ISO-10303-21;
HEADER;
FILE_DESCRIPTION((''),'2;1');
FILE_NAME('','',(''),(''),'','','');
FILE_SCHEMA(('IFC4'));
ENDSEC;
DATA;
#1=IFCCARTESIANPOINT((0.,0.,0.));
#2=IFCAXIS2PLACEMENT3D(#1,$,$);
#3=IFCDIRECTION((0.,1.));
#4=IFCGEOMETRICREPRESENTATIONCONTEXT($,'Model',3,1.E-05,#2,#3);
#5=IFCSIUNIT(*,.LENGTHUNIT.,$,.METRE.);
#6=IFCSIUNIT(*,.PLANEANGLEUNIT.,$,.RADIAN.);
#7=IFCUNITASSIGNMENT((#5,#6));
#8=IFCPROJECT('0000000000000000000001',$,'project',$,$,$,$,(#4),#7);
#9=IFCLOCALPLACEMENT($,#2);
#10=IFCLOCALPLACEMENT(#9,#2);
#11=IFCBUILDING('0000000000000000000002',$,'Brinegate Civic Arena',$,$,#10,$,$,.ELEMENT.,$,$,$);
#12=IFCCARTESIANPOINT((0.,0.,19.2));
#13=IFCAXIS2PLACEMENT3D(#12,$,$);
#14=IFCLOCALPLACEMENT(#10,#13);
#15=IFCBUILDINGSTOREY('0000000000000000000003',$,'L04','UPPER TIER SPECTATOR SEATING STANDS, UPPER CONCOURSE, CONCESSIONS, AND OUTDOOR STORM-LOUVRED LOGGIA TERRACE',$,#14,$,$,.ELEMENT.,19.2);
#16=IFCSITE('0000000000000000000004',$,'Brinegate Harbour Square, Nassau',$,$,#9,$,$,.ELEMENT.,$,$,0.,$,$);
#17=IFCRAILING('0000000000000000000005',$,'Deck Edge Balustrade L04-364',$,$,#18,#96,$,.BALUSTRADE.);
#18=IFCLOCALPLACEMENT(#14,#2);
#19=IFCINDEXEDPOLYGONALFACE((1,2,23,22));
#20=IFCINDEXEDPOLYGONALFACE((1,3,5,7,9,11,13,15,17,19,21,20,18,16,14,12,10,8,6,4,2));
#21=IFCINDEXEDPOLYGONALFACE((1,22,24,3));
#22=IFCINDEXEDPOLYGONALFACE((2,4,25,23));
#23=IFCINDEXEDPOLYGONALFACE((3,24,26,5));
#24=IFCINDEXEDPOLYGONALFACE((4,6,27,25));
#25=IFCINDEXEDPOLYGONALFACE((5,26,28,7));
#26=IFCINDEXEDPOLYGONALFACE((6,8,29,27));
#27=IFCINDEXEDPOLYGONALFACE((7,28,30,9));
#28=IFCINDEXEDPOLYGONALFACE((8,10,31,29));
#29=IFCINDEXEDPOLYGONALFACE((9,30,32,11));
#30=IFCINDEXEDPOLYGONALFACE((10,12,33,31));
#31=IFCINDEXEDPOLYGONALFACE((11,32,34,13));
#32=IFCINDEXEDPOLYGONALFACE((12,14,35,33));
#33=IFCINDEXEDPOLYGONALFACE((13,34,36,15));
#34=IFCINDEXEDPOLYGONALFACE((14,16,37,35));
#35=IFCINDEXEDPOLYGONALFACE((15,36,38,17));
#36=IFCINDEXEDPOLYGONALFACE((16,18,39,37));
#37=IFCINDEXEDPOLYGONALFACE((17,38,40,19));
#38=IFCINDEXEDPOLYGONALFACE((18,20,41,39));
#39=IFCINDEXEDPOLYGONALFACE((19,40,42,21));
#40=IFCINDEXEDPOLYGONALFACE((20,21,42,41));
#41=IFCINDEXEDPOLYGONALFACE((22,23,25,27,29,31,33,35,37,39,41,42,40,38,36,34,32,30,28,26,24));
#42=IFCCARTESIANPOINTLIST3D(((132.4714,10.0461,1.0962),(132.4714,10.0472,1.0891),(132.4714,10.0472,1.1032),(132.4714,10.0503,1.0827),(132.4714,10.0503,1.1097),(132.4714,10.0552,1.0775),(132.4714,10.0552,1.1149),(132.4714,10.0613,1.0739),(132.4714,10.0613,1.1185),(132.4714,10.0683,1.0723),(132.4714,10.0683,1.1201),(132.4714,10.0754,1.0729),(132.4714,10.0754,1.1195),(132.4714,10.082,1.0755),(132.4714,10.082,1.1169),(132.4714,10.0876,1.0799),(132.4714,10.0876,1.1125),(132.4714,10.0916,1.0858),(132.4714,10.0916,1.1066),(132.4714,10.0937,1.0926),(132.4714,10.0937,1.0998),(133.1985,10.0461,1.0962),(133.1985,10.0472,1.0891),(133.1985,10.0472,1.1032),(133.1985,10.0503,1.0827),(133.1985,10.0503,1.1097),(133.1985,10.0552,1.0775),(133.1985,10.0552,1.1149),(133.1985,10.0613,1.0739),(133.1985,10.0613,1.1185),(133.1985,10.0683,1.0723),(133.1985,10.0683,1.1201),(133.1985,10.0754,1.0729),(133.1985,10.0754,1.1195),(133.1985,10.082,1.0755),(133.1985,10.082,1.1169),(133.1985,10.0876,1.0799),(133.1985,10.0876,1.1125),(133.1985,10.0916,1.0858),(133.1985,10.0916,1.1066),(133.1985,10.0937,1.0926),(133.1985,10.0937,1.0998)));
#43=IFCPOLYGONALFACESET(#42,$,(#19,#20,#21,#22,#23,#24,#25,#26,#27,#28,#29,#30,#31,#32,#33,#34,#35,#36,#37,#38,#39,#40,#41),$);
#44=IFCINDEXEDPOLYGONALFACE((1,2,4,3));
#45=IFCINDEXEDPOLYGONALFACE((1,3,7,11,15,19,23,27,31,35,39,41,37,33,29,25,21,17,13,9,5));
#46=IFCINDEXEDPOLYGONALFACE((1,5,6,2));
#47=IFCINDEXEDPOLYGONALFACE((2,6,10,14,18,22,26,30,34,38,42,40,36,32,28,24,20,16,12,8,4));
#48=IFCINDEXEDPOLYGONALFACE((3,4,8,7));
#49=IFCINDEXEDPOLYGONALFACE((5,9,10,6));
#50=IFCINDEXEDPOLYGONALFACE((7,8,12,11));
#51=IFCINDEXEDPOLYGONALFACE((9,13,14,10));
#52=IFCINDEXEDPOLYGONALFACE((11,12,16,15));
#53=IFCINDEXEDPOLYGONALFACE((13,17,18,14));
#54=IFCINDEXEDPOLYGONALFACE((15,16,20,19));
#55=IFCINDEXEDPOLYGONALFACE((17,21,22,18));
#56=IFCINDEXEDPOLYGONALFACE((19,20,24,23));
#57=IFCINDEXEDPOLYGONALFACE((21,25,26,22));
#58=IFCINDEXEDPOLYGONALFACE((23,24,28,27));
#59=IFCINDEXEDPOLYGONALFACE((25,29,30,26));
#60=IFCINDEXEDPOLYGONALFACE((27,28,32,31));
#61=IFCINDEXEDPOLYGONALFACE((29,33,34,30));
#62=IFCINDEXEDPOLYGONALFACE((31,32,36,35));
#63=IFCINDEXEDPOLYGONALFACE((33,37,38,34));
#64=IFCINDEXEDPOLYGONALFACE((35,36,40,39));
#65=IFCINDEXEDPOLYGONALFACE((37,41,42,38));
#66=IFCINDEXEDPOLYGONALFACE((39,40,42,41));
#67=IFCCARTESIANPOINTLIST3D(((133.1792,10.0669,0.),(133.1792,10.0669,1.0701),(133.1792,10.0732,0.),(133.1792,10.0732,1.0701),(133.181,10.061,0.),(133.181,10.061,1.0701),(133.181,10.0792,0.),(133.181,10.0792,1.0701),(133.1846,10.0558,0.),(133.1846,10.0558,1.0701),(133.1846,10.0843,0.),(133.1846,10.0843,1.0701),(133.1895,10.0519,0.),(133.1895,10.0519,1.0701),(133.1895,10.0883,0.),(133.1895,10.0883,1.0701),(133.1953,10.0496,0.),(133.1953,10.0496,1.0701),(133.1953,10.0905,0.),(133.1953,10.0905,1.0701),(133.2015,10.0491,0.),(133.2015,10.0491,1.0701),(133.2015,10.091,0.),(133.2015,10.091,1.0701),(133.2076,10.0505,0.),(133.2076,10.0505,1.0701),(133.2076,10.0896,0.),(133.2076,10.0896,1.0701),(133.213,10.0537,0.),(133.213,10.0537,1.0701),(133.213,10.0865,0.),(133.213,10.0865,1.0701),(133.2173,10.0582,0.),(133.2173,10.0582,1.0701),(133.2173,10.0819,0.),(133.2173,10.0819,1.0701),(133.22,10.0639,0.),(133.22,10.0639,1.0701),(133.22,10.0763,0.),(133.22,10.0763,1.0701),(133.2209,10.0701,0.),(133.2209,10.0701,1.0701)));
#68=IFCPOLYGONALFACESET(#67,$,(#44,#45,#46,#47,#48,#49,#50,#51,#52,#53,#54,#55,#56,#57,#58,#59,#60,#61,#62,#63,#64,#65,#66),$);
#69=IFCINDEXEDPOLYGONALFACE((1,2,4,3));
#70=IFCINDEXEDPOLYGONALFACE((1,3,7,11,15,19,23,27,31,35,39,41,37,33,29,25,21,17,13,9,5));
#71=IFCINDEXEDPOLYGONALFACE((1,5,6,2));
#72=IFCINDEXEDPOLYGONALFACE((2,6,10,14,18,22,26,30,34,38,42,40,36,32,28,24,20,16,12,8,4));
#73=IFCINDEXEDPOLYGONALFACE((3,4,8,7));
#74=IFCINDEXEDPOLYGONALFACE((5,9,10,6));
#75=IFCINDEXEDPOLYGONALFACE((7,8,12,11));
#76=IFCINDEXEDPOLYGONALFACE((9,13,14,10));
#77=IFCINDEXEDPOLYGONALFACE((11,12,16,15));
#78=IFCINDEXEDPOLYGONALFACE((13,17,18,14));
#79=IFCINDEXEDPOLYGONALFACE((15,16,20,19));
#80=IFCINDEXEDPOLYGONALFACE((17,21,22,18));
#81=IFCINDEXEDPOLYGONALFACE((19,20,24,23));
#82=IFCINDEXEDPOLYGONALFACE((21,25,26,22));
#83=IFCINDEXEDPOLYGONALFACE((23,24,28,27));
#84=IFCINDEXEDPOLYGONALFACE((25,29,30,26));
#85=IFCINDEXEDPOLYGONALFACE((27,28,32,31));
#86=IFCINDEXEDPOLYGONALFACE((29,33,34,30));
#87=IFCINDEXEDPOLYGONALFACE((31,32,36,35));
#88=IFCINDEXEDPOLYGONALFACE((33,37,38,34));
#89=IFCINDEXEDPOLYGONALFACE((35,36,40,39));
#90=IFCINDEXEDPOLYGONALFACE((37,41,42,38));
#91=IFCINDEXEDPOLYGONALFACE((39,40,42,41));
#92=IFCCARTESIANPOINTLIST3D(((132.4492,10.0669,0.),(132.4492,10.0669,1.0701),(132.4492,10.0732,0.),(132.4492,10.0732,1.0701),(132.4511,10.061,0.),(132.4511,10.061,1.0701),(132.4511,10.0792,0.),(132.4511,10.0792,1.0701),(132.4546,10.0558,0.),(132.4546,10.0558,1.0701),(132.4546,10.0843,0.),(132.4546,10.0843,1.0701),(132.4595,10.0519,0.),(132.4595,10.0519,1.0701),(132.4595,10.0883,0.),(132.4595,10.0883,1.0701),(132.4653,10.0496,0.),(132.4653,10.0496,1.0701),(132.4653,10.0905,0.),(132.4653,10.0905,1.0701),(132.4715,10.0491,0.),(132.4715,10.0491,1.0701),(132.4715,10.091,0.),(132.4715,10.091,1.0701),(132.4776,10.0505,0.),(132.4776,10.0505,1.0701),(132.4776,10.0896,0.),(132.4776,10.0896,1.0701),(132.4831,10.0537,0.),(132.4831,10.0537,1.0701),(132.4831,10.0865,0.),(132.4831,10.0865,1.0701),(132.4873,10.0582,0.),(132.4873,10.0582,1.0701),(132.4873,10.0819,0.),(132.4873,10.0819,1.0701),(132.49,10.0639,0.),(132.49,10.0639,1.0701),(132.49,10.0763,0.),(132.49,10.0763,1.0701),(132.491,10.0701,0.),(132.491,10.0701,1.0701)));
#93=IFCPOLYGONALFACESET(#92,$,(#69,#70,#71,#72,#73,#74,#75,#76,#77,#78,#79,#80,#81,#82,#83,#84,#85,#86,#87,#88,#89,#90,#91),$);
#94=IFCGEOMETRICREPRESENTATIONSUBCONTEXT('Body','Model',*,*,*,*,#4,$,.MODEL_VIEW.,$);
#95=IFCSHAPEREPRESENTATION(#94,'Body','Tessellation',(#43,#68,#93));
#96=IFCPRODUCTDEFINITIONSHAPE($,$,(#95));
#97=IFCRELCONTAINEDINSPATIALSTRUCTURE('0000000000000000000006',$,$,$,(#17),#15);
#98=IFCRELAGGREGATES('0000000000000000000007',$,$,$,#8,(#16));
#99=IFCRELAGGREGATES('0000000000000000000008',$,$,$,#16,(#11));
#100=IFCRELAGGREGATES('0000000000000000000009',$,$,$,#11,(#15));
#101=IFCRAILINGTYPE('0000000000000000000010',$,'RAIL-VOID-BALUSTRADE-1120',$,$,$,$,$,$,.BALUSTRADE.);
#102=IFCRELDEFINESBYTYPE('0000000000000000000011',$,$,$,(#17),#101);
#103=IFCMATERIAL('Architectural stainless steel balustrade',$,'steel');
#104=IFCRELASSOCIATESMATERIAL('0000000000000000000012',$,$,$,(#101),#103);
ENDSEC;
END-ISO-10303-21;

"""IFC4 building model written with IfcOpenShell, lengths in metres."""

from ifc_helpers import new_model, si_unit, direction, frame, origin, origin_2d, place, context, subcontext, project, spatial, circle, extrude, material, type_object, element, save


model = new_model("IFC4")

# Units and contexts
model_context = context("Model", 3, precision=1e-05, world=origin(), true_north=direction((0.0, 1.0)))
body_context = subcontext(model_context, "Body", "Model", "MODEL_VIEW")
ifc_project = project(units=[si_unit("LENGTHUNIT", "METRE"), si_unit("PLANEANGLEUNIT", "RADIAN")], contexts=[model_context])

# Site, building, storey
site_placement = place(None, origin())
site = spatial("IfcSite", under=ifc_project, at=site_placement, Name="Brinegate Harbour Square, Nassau", CompositionType="ELEMENT", RefElevation=0.0)
building_placement = place(site_placement, origin())
building = spatial("IfcBuilding", under=site, at=building_placement, Name="Brinegate Civic Arena", CompositionType="ELEMENT")
storey_placement = place(building_placement, frame((0.0, 0.0, 19.2)))
storey = spatial("IfcBuildingStorey", under=building, at=storey_placement, Name="L04", Description="UPPER TIER SPECTATOR SEATING STANDS, UPPER CONCOURSE, CONCESSIONS, AND OUTDOOR STORM-LOUVRED LOGGIA TERRACE", CompositionType="ELEMENT", Elevation=19.2)

# Railing
ifc_material_1 = material(Name="Architectural stainless steel balustrade", Category="steel")
railing_type_1 = type_object("IfcRailingType", Name="RAIL-VOID-BALUSTRADE-1120", PredefinedType="BALUSTRADE", material=ifc_material_1)
for number, where, name in (
    (1, (133.2, 10.0701, 0.0), "Deck Edge Balustrade L04-364"),
):
    element("IfcRailing", number, at=place(storey_placement, frame(where)), inside=storey, type_object=railing_type_1, Name=name, PredefinedType="BALUSTRADE", context=body_context, shape_type="SweptSolid", body=[
        extrude(circle(Radius=0.0239, at=origin_2d()), frame((-0.0015, 0.0, 1.0962), z_axis=(-1.0, 0.0, 0.0), x_axis=(0.0, -1.0, 0.0)), (0.0, 0.0, 1.0), 0.7271),
        extrude(circle(Radius=0.021, at=origin_2d()), origin(), (0.0, 0.0, 1.0), 1.0701),
        extrude(circle(Radius=0.021, at=origin_2d()), frame((-0.73, 0.0, 0.0)), (0.0, 0.0, 1.0), 1.0701),
    ])

save(model, "model.ifc")
